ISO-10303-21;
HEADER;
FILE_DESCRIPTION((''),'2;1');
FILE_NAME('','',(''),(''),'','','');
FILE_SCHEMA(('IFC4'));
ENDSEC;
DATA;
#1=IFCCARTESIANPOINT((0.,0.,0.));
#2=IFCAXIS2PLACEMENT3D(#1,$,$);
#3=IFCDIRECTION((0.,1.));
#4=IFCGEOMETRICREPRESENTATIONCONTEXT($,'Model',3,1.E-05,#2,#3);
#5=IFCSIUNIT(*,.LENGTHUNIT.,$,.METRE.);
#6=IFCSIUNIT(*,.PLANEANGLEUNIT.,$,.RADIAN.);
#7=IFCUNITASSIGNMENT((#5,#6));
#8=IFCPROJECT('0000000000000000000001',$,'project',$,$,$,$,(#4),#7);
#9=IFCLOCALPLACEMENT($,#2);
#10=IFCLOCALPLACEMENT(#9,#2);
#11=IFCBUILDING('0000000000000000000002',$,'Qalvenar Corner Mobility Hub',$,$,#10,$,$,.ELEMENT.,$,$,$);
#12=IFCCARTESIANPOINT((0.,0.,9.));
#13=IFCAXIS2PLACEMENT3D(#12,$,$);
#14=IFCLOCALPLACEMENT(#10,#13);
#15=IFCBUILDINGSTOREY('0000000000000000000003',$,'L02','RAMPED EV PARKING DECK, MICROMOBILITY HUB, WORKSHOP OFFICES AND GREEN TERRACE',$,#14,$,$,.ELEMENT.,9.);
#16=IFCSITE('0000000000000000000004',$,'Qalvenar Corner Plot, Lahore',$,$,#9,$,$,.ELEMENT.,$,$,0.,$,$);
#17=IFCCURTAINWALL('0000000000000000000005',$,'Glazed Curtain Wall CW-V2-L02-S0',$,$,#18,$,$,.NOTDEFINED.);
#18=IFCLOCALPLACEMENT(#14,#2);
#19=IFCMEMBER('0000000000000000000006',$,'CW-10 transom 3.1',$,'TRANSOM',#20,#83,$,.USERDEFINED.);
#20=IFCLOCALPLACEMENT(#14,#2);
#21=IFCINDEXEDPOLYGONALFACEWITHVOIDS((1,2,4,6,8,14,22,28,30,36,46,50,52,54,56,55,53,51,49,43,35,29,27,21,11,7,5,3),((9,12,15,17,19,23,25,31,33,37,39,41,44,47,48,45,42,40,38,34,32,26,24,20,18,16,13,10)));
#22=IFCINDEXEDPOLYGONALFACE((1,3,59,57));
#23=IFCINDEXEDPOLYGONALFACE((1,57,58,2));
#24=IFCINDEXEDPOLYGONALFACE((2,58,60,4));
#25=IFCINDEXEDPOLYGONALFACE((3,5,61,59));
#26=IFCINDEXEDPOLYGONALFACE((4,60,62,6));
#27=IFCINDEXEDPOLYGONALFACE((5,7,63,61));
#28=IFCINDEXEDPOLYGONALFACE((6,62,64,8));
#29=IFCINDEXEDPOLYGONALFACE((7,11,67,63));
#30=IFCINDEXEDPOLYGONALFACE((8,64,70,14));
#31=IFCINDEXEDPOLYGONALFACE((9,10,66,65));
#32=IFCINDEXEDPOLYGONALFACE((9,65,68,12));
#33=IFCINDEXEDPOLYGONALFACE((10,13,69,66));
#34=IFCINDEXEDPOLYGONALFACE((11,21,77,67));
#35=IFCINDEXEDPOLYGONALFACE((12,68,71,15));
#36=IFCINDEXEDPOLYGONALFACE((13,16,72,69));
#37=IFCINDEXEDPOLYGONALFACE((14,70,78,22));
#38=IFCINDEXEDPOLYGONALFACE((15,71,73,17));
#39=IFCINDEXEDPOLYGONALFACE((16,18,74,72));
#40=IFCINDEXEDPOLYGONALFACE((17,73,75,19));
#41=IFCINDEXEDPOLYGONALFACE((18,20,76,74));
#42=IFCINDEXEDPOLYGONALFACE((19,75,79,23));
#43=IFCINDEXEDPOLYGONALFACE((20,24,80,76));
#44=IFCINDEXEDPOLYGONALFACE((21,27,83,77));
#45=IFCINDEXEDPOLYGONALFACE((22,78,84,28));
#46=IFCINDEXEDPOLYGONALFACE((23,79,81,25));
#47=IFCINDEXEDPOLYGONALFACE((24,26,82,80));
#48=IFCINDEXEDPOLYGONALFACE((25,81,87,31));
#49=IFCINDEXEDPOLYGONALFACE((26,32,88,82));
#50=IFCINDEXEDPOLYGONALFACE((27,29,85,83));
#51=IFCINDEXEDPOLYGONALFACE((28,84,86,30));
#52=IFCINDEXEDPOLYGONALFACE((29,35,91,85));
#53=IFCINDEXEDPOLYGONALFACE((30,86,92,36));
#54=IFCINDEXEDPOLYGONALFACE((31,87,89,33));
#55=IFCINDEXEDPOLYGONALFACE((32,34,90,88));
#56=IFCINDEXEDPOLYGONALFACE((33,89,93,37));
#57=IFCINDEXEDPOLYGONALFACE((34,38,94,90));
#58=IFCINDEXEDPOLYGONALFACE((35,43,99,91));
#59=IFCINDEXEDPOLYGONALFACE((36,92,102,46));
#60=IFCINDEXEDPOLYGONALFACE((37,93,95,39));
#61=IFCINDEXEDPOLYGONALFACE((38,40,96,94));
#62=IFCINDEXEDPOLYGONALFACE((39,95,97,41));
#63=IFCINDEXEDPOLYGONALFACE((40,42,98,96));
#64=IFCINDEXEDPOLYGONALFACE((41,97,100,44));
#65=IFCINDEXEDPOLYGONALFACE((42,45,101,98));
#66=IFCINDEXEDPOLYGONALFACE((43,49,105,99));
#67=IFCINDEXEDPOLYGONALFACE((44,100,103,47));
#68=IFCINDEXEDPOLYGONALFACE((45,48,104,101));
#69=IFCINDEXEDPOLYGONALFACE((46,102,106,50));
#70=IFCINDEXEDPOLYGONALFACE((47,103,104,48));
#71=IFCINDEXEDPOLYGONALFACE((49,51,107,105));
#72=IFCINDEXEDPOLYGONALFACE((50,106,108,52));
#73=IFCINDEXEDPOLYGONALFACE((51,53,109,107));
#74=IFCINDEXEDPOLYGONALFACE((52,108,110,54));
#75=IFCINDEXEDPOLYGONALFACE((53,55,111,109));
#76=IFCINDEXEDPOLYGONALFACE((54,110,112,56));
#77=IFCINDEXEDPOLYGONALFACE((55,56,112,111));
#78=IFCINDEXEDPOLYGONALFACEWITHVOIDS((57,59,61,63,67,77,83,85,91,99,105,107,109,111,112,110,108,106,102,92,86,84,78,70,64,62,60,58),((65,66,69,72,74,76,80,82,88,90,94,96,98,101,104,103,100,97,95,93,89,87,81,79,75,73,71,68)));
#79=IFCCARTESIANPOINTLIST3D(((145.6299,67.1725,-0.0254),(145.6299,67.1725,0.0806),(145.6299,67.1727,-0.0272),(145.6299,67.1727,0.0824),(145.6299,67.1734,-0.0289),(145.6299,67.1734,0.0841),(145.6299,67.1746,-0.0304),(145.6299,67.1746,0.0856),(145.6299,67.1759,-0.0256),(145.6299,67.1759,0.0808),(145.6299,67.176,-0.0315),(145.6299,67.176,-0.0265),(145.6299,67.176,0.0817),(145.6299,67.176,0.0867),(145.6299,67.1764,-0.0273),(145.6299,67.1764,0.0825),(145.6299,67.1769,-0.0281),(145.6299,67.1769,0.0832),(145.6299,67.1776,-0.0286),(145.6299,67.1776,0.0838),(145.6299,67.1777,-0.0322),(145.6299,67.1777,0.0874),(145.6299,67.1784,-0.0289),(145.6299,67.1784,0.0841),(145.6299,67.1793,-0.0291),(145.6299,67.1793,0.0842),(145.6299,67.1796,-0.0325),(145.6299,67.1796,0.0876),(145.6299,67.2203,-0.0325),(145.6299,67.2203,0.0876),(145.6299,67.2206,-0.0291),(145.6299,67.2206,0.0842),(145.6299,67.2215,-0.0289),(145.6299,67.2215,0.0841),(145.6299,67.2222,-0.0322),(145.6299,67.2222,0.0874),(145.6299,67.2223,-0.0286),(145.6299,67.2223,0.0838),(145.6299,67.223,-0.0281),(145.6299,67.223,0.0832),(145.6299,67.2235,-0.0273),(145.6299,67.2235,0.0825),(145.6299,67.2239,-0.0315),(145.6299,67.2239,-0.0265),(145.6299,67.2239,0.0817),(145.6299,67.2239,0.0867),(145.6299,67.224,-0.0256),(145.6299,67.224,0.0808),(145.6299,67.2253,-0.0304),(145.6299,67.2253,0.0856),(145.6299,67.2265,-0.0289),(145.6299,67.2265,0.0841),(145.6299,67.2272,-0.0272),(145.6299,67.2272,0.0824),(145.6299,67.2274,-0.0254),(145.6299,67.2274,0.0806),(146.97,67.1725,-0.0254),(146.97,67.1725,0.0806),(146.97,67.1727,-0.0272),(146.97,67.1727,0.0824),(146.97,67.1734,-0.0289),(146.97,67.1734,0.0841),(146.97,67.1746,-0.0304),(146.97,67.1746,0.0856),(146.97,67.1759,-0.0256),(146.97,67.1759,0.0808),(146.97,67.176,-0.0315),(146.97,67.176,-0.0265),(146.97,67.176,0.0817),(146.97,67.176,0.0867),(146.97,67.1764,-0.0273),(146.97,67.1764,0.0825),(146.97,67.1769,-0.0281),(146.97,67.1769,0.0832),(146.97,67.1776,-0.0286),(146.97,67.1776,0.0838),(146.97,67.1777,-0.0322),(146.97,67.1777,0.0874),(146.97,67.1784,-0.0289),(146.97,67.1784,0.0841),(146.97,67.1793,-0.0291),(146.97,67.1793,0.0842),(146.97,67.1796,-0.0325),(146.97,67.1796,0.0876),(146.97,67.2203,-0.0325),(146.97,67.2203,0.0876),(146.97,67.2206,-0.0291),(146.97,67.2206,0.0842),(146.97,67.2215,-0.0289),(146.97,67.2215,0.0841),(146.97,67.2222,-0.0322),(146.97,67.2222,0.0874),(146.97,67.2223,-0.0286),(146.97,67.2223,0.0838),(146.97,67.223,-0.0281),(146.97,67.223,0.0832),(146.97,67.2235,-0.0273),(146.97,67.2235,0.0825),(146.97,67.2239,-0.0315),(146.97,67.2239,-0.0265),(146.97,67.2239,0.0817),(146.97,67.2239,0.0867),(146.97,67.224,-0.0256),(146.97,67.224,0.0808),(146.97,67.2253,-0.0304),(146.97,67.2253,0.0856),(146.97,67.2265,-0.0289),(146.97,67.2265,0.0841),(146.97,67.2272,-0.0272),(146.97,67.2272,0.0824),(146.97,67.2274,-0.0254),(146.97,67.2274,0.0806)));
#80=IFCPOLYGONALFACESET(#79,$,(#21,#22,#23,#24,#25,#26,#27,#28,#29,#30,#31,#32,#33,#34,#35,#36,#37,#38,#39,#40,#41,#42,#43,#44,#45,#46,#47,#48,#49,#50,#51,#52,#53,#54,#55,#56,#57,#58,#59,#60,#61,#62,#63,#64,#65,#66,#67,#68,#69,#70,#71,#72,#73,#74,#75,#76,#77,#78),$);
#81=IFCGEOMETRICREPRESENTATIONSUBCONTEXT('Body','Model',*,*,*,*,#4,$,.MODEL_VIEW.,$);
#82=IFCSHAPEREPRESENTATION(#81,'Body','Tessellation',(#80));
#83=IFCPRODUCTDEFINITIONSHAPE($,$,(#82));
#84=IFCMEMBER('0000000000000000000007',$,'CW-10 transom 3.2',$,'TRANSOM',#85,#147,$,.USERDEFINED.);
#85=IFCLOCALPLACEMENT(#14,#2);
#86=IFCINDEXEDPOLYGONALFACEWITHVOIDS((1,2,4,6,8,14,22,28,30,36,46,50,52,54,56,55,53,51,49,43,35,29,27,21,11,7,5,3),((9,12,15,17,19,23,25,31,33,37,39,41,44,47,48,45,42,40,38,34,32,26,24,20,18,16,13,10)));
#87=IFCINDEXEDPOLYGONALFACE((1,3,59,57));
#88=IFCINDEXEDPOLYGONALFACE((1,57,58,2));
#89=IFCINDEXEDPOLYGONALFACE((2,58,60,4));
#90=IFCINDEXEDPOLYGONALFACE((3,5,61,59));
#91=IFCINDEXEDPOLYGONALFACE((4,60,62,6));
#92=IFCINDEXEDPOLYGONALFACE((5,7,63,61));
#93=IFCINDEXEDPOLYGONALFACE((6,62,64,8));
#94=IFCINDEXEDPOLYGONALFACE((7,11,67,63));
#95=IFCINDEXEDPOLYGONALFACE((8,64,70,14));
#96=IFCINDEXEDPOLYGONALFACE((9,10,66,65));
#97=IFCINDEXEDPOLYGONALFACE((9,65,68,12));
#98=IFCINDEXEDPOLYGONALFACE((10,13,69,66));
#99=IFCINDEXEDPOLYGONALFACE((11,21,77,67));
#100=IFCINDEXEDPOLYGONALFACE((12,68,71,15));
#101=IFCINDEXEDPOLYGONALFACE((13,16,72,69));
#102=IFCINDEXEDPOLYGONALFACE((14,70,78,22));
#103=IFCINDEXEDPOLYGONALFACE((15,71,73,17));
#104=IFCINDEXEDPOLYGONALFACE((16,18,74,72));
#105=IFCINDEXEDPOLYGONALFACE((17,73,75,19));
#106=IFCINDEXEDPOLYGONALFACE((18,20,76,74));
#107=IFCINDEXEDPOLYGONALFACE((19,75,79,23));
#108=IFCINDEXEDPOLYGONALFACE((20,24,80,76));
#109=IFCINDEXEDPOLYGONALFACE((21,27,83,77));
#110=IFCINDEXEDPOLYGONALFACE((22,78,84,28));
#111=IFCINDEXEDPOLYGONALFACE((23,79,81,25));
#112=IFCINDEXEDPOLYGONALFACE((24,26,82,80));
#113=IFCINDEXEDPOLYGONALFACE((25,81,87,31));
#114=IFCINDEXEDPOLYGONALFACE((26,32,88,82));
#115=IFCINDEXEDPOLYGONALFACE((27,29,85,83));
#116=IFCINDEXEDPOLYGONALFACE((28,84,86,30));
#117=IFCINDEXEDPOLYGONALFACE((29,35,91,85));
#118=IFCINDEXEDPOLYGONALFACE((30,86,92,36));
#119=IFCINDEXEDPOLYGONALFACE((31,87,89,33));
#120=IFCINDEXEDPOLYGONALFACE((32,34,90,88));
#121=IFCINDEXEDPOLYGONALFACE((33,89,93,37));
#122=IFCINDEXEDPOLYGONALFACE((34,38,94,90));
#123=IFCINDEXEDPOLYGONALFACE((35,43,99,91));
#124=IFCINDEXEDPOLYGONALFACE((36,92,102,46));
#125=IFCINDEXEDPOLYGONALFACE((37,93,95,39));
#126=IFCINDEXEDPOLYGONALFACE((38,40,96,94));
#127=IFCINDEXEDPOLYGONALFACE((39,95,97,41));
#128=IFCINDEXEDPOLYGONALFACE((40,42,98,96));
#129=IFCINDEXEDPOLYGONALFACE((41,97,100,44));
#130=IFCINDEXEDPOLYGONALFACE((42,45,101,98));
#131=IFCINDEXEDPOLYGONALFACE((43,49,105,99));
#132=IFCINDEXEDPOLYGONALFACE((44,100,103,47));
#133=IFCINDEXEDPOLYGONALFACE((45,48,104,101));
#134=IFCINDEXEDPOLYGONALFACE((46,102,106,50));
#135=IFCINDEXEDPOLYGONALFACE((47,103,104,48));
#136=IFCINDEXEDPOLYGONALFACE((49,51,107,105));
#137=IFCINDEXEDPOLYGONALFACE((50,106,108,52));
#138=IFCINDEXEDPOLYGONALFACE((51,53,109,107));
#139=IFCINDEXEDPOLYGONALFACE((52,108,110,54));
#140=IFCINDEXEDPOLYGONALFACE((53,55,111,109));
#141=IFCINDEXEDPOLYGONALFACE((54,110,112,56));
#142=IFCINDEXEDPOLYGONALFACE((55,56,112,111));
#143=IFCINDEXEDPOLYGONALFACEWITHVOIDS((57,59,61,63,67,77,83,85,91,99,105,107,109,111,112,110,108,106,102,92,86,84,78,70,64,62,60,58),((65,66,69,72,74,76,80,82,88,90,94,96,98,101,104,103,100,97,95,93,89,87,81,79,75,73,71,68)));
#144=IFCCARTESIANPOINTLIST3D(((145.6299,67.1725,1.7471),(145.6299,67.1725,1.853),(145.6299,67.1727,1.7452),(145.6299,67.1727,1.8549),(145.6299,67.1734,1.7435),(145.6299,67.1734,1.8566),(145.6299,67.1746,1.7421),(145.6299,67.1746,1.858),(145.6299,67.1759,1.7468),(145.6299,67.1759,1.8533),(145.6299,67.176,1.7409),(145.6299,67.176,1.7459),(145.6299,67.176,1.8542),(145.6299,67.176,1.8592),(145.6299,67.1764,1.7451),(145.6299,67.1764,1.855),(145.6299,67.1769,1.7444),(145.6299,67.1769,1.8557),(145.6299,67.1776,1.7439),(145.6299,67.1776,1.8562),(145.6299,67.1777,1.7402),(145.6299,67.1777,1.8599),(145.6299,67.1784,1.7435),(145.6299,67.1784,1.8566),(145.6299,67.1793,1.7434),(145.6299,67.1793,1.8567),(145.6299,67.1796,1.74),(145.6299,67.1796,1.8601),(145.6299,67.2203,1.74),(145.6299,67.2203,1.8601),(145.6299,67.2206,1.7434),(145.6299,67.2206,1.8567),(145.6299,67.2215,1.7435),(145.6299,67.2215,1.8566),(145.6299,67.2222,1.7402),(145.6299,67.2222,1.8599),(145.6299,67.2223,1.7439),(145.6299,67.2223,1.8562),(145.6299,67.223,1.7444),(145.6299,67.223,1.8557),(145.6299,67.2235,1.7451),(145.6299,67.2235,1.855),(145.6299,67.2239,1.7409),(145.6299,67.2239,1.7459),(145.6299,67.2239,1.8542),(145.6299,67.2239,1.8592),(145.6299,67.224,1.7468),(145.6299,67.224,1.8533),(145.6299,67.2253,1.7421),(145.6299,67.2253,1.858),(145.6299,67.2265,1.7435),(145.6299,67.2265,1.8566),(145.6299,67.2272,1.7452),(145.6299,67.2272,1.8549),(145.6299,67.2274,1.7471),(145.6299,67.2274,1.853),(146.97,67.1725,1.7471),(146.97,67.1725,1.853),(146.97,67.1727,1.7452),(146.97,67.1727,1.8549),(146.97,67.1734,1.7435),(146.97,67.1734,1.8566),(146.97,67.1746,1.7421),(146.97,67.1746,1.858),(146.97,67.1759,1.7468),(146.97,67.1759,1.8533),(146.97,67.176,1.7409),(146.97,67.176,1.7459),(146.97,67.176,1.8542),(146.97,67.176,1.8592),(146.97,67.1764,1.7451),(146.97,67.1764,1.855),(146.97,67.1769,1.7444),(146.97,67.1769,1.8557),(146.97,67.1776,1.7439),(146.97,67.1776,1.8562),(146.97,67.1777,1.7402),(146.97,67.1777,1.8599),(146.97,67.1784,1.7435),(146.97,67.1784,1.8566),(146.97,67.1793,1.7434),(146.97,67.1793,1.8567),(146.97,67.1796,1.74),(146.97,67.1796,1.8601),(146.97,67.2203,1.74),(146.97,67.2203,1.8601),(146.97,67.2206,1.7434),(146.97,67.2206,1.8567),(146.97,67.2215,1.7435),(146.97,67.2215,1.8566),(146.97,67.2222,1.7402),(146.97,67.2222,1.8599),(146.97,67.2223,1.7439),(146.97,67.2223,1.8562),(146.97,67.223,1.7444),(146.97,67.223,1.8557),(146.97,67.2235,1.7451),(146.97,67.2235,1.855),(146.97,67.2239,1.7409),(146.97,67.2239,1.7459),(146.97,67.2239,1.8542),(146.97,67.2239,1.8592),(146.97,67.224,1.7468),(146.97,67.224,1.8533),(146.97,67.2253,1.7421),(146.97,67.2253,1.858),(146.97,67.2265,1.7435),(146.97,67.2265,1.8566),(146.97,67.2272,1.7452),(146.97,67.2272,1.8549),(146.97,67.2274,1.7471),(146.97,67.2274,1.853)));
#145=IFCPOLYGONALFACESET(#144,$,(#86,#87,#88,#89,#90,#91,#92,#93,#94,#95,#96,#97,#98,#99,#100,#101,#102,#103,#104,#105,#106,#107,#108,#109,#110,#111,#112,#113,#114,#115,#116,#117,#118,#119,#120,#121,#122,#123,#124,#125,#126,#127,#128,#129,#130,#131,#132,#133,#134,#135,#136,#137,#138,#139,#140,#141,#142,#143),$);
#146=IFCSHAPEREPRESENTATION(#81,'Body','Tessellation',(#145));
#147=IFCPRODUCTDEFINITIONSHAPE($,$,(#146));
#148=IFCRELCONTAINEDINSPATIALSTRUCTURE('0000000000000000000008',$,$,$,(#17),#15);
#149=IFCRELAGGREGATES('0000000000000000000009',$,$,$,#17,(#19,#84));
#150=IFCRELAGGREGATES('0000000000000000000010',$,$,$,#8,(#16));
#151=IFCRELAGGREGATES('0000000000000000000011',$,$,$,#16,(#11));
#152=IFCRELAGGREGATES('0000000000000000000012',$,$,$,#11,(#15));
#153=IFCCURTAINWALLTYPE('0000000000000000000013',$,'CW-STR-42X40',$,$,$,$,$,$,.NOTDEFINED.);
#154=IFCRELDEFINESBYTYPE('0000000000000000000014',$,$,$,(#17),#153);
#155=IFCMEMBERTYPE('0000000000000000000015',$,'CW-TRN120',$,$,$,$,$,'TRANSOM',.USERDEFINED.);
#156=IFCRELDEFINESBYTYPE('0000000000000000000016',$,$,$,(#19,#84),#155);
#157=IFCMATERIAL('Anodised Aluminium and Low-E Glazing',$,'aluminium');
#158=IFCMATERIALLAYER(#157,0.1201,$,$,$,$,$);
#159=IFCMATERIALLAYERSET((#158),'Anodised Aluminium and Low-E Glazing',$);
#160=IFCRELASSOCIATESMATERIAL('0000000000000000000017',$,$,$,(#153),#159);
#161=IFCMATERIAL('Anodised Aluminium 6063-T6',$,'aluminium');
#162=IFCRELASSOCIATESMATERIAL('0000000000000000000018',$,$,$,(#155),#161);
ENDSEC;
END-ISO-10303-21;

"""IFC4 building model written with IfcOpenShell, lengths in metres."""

from ifc_helpers import new_model, si_unit, direction, frame, origin, origin_2d, place, context, subcontext, project, spatial, hollow_rectangle, extrude, material, layer, layer_set, material_profile, profile_set, type_object, element, aggregate, save


model = new_model("IFC4")

# Units and contexts
model_context = context("Model", 3, precision=1e-05, world=origin(), true_north=direction((0.0, 1.0)))
body_context = subcontext(model_context, "Body", "Model", "MODEL_VIEW")
ifc_project = project(units=[si_unit("LENGTHUNIT", "METRE"), si_unit("PLANEANGLEUNIT", "RADIAN")], contexts=[model_context])

# Site, building, storey
site_placement = place(None, origin())
site = spatial("IfcSite", under=ifc_project, at=site_placement, Name="Qalvenar Corner Plot, Lahore", CompositionType="ELEMENT", RefElevation=0.0)
building_placement = place(site_placement, origin())
building = spatial("IfcBuilding", under=site, at=building_placement, Name="Qalvenar Corner Mobility Hub", CompositionType="ELEMENT")
storey_placement = place(building_placement, frame((0.0, 0.0, 9.0)))
storey = spatial("IfcBuildingStorey", under=building, at=storey_placement, Name="L02", Description="RAMPED EV PARKING DECK, MICROMOBILITY HUB, WORKSHOP OFFICES AND GREEN TERRACE", CompositionType="ELEMENT", Elevation=9.0)

# Curtain wall
ifc_material_1 = material(Name="Anodised Aluminium and Low-E Glazing", Category="aluminium")
ifc_layer_1 = layer(ifc_material_1, 0.1201)
ifc_layer_set_1 = layer_set([ifc_layer_1], Name="Anodised Aluminium and Low-E Glazing")
curtain_wall_type = type_object("IfcCurtainWallType", Name="CW-STR-42X40", PredefinedType="NOTDEFINED", material=ifc_layer_set_1)
curtain_wall_1_placement = place(storey_placement, origin())
curtain_wall_1 = element("IfcCurtainWall", 1, at=curtain_wall_1_placement, inside=storey, type_object=curtain_wall_type, Name="Glazed Curtain Wall CW-V2-L02-S0", PredefinedType="NOTDEFINED")
ifc_material_2 = material(Name="Anodised Aluminium 6063-T6", Category="aluminium")

# Members
ifc_material_profile_1 = material_profile(ifc_material_2, hollow_rectangle(XDim=0.0549, YDim=0.1201, WallThickness=0.0034, InnerFilletRadius=0.0034, OuterFilletRadius=0.0071, at=origin_2d()), Name="RHS120x55x3.5")
ifc_profile_set_1 = profile_set([ifc_material_profile_1], Name="Anodised Aluminium 6063-T6")
member_type_1 = type_object("IfcMemberType", Name="CW-TRN120", ElementType="TRANSOM", PredefinedType="USERDEFINED", material=ifc_profile_set_1)
member_1_placement = place(storey_placement, frame((145.6299, 67.2, 0.0276), z_axis=(1.0, 0.0, 0.0), x_axis=(0.0, 1.0, 0.0)))
member_1 = element("IfcMember", 2, at=member_1_placement, type_object=member_type_1, Name="CW-10 transom 3.1", ObjectType="TRANSOM", PredefinedType="USERDEFINED", context=body_context, shape_type="SweptSolid", body=[
    extrude(hollow_rectangle(XDim=0.0549, YDim=0.1201, WallThickness=0.0034, InnerFilletRadius=0.0034, OuterFilletRadius=0.0071, at=origin_2d()), origin(), (0.0, 0.0, 1.0), 1.3401),
])
member_2_placement = place(storey_placement, frame((145.6299, 67.2, 1.8), z_axis=(1.0, 0.0, 0.0), x_axis=(0.0, 1.0, 0.0)))
member_2 = element("IfcMember", 3, at=member_2_placement, type_object=member_type_1, Name="CW-10 transom 3.2", ObjectType="TRANSOM", PredefinedType="USERDEFINED", context=body_context, shape_type="SweptSolid", body=[
    extrude(hollow_rectangle(XDim=0.0549, YDim=0.1201, WallThickness=0.0034, InnerFilletRadius=0.0034, OuterFilletRadius=0.0071, at=origin_2d()), origin(), (0.0, 0.0, 1.0), 1.3401),
])

aggregate(curtain_wall_1, [member_1, member_2])

save(model, "model.ifc")
